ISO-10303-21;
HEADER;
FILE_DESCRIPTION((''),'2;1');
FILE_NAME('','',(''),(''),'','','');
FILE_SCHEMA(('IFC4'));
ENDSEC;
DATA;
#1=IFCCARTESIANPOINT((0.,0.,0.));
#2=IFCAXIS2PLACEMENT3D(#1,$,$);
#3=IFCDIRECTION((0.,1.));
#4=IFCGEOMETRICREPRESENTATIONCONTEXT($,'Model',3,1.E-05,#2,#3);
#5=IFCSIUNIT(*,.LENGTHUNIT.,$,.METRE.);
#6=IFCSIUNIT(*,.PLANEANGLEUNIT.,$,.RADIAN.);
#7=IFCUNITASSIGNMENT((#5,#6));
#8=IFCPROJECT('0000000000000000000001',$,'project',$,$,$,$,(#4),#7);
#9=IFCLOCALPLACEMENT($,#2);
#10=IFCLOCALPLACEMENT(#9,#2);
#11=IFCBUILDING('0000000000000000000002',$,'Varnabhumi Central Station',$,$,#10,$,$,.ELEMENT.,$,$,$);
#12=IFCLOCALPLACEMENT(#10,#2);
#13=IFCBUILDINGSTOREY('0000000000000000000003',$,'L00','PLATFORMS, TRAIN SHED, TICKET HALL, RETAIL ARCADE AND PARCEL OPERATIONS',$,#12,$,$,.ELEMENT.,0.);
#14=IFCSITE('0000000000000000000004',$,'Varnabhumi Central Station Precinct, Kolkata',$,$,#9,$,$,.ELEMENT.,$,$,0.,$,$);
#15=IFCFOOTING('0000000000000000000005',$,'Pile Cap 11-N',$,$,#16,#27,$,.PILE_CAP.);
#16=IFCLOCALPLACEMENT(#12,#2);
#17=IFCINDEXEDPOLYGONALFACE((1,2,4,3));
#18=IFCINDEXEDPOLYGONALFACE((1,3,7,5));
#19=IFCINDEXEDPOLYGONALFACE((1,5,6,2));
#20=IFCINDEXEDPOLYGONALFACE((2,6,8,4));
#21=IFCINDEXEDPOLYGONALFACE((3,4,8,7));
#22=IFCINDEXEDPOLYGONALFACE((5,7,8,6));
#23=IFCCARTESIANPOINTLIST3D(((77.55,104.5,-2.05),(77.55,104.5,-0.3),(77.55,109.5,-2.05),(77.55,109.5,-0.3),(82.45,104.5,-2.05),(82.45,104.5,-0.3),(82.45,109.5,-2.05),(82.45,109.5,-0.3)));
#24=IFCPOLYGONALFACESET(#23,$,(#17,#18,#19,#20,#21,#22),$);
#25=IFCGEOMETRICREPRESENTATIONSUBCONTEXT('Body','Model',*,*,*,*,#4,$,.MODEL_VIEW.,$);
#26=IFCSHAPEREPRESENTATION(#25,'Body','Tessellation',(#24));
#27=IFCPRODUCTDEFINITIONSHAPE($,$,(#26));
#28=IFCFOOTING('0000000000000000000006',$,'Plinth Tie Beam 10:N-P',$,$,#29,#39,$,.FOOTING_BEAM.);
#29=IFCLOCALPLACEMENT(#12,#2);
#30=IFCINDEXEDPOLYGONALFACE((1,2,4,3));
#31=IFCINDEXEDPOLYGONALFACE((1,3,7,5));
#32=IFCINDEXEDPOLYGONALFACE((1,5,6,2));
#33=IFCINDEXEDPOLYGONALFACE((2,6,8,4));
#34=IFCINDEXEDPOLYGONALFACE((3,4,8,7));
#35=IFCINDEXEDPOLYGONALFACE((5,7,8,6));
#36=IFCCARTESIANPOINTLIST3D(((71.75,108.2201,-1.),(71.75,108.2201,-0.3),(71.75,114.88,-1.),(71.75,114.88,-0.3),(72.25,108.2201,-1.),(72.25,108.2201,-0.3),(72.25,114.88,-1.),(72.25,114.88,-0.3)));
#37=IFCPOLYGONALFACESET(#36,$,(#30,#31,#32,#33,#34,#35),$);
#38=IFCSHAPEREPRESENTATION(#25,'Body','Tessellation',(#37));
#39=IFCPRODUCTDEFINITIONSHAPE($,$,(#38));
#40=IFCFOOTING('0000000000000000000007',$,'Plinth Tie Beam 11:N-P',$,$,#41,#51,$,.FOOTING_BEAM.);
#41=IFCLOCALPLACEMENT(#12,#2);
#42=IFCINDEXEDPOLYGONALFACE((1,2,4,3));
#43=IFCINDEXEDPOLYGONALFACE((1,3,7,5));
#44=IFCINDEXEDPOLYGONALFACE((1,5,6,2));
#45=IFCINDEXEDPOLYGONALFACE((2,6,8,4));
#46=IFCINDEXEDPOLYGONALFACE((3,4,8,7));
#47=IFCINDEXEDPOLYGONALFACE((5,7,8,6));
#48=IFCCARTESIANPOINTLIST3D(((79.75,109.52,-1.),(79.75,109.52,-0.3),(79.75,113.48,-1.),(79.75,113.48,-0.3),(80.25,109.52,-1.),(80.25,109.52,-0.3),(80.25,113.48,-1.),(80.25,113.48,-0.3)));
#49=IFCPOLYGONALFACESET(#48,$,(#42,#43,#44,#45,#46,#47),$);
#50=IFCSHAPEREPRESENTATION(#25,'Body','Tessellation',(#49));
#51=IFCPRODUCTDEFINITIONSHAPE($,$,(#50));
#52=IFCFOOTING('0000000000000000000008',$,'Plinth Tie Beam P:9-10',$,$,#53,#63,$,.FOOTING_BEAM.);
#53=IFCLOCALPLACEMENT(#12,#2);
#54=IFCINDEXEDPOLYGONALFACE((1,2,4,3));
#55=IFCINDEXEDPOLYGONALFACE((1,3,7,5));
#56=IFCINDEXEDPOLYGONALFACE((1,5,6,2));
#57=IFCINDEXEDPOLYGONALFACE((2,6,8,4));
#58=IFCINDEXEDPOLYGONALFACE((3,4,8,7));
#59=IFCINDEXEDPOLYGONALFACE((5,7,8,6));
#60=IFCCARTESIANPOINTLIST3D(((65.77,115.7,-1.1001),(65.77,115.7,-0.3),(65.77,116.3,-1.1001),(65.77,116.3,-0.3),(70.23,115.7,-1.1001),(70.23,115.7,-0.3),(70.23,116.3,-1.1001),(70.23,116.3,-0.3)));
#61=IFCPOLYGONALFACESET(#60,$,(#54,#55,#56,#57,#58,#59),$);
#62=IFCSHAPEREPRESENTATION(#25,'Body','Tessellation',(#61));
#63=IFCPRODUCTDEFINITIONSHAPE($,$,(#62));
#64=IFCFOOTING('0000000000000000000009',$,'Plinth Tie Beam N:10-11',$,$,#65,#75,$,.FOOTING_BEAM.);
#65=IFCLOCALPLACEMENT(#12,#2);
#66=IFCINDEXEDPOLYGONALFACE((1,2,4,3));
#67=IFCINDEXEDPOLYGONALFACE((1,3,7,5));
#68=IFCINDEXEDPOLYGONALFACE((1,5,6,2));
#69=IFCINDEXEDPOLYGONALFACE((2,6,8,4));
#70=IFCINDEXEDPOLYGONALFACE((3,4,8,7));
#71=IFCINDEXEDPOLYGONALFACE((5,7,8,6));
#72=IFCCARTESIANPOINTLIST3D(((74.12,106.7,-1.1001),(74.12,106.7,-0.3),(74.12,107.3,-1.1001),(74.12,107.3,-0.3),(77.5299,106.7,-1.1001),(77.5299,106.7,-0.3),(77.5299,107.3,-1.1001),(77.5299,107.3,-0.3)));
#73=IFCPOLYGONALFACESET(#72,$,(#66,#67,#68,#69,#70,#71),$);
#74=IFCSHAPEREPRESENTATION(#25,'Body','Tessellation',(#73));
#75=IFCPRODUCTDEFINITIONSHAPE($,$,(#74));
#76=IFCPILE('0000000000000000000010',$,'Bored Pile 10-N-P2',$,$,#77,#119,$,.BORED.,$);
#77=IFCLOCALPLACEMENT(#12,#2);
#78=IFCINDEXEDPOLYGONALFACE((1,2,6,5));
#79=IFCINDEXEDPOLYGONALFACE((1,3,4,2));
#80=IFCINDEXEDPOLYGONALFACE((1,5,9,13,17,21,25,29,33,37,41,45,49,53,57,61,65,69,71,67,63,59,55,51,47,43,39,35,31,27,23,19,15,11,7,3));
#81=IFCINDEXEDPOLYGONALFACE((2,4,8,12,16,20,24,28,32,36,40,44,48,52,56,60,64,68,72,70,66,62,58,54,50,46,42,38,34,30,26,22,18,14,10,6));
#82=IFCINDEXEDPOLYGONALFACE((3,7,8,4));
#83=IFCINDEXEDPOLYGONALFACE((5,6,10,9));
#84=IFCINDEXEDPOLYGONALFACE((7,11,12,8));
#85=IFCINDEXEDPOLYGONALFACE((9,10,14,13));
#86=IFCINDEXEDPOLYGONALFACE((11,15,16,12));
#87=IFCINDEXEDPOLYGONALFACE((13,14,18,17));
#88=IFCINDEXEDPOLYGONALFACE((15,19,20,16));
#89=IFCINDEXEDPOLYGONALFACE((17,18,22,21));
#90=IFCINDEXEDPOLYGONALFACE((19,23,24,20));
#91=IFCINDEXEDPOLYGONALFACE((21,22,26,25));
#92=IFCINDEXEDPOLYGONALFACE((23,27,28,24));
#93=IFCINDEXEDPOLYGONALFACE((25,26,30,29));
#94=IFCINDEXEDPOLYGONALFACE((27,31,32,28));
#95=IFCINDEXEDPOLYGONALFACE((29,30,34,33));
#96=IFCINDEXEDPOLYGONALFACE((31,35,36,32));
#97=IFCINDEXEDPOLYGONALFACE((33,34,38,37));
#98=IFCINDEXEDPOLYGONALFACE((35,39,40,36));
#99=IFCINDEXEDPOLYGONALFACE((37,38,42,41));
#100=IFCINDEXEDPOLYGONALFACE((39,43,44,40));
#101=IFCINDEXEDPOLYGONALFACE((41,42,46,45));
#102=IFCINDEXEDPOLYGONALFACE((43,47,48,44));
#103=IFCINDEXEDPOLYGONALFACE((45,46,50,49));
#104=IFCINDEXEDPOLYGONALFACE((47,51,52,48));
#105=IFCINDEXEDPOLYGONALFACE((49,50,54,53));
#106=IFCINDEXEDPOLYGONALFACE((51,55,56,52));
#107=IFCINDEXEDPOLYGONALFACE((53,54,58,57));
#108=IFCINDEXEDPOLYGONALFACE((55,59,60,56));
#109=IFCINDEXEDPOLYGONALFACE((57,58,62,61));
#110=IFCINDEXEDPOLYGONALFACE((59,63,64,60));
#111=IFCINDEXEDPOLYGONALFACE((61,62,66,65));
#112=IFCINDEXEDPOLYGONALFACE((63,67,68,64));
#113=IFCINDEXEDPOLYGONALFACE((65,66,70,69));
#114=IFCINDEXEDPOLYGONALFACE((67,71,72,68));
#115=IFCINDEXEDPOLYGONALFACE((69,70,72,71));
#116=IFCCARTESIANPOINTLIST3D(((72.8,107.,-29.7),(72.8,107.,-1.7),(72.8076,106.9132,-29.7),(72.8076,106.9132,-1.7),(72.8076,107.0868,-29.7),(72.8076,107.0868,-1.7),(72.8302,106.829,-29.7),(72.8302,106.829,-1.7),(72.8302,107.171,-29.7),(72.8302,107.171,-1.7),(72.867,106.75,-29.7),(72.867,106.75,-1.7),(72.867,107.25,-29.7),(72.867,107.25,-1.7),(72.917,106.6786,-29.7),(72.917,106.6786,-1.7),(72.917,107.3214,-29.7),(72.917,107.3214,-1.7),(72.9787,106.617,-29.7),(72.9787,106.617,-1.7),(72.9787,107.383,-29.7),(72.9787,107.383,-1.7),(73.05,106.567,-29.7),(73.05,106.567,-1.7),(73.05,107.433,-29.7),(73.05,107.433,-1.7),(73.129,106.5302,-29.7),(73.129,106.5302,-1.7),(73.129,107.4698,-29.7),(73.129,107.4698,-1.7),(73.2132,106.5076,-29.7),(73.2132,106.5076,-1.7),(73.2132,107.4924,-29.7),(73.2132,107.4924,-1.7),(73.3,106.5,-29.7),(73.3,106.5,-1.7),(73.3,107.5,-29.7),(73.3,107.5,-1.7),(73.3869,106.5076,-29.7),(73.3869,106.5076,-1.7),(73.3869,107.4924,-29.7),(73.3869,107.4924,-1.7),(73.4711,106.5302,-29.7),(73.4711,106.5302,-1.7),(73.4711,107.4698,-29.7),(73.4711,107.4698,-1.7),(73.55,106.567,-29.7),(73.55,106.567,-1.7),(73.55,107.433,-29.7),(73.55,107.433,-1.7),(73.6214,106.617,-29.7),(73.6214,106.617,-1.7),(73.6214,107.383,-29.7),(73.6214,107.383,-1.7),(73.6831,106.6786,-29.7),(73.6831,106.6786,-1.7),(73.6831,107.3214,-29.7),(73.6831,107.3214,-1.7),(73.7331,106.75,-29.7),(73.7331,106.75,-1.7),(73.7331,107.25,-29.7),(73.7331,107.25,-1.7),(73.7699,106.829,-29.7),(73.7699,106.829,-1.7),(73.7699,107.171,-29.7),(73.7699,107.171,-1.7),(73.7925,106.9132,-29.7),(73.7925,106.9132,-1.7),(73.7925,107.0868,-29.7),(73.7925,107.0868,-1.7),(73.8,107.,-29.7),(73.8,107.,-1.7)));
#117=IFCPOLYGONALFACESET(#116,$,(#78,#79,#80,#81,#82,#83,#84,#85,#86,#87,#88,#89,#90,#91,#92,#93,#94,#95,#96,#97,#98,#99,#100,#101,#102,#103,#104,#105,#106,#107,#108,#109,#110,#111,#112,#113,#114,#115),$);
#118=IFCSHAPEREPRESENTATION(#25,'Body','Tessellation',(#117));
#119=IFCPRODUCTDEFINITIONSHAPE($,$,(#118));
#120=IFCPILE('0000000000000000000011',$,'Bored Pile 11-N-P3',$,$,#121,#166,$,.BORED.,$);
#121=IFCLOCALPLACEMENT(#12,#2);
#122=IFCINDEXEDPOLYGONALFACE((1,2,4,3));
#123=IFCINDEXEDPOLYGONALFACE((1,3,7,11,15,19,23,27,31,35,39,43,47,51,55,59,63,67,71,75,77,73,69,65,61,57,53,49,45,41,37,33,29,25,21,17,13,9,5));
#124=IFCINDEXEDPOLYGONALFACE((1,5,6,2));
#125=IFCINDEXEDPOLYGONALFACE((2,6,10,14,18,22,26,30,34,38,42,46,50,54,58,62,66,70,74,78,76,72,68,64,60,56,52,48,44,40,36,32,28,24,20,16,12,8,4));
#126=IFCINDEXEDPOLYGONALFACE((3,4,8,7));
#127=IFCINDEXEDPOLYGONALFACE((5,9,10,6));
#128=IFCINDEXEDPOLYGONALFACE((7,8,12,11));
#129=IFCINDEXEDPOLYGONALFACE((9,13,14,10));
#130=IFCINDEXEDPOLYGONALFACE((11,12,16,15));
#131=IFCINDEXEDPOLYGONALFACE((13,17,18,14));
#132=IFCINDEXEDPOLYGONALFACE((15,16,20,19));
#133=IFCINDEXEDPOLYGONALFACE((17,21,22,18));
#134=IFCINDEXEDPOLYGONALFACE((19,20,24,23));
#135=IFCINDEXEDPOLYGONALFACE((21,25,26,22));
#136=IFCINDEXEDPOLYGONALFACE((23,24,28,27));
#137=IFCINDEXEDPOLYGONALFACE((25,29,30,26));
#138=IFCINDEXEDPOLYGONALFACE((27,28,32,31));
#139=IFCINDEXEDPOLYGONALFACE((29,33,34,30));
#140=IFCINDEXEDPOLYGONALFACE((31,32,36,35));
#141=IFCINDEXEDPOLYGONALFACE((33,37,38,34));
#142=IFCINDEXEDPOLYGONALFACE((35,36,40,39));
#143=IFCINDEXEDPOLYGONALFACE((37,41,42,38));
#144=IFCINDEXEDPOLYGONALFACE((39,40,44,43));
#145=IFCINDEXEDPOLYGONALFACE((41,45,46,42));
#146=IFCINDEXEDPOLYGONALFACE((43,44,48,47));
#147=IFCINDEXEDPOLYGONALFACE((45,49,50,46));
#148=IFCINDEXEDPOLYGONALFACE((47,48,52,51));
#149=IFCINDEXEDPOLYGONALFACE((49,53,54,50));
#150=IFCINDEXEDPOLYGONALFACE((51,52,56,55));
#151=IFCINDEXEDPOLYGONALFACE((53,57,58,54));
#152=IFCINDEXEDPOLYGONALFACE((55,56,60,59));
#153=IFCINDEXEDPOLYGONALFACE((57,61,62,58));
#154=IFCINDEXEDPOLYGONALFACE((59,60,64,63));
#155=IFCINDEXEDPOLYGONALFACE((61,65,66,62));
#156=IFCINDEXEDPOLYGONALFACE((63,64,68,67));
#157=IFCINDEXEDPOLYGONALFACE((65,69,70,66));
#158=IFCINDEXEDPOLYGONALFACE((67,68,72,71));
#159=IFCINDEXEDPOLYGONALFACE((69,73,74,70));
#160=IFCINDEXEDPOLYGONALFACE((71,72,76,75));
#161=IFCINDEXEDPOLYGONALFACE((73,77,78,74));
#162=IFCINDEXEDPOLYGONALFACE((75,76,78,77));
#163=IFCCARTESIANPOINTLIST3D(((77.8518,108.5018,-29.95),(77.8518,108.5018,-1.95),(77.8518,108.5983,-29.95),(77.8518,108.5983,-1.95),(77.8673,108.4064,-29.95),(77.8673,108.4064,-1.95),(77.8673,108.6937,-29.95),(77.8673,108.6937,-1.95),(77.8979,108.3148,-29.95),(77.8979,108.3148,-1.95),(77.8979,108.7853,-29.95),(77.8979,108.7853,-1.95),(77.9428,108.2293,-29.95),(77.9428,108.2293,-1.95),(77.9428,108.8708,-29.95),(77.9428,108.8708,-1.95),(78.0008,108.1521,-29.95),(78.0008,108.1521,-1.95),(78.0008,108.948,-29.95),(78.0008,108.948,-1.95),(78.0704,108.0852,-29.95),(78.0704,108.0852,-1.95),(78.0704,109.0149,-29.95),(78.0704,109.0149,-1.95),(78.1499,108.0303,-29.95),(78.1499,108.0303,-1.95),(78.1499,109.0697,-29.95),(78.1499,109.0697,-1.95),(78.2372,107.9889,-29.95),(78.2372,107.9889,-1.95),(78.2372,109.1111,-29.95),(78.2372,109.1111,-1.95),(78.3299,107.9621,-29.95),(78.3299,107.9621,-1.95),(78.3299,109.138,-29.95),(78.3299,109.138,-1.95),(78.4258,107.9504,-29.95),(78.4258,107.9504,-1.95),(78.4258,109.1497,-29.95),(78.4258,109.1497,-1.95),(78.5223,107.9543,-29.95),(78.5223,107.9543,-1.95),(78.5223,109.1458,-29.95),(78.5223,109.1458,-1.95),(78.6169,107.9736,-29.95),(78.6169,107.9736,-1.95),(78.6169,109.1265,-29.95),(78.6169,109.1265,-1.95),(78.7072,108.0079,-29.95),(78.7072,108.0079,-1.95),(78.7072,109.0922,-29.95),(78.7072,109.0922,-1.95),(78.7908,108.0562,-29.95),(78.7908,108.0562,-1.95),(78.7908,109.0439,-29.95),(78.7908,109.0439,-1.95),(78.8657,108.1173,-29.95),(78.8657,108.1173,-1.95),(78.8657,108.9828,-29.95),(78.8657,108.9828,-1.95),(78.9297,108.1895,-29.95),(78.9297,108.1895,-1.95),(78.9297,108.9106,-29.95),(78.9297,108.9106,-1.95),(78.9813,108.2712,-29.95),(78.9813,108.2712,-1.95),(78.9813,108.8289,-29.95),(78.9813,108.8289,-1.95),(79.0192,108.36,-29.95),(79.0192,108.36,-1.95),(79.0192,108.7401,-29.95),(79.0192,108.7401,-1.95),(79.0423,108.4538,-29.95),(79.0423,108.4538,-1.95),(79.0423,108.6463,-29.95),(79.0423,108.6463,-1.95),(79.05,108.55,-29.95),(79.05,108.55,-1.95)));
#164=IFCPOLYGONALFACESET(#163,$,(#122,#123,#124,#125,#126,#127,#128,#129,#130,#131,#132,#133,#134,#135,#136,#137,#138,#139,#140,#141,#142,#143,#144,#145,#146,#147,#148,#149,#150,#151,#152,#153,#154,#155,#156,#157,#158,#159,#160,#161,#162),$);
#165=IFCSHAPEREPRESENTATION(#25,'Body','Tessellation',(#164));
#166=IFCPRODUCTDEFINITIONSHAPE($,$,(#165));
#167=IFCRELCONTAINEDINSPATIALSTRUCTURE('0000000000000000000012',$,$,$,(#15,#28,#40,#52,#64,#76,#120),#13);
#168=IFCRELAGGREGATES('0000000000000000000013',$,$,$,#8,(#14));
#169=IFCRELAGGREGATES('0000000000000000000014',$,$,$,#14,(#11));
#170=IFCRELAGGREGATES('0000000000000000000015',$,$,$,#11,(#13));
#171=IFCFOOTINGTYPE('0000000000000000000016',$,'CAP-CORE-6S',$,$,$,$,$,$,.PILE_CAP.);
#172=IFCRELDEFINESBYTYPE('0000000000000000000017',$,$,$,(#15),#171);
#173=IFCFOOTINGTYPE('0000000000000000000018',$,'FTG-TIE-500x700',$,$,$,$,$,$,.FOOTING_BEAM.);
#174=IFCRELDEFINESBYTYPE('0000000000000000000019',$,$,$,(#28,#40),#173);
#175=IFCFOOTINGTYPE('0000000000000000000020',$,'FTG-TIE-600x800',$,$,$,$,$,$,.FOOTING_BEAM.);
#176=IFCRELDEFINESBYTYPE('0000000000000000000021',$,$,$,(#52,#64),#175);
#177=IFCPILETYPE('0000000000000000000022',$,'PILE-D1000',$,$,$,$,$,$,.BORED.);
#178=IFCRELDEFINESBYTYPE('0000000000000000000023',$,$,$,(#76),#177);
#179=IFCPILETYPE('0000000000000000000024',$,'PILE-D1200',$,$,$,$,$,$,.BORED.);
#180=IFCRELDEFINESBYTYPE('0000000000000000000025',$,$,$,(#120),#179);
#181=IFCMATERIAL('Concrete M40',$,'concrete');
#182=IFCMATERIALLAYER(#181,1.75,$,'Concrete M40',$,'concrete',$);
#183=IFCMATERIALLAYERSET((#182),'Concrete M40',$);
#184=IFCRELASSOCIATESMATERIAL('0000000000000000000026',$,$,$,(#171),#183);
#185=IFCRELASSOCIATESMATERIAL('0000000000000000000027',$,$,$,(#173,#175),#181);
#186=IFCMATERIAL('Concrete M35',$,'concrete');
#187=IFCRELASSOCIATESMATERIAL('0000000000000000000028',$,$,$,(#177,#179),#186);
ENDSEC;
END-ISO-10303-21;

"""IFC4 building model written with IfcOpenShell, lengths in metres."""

from ifc_helpers import new_model, si_unit, direction, frame, origin, origin_2d, place, context, subcontext, project, spatial, rectangle, circle, extrude, material, layer, layer_set, material_profile, profile_set, type_object, element, save


model = new_model("IFC4")

# Units and contexts
model_context = context("Model", 3, precision=1e-05, world=origin(), true_north=direction((0.0, 1.0)))
body_context = subcontext(model_context, "Body", "Model", "MODEL_VIEW")
ifc_project = project(units=[si_unit("LENGTHUNIT", "METRE"), si_unit("PLANEANGLEUNIT", "RADIAN")], contexts=[model_context])

# Site, building, storey
site_placement = place(None, origin())
site = spatial("IfcSite", under=ifc_project, at=site_placement, Name="Varnabhumi Central Station Precinct, Kolkata", CompositionType="ELEMENT", RefElevation=0.0)
building_placement = place(site_placement, origin())
building = spatial("IfcBuilding", under=site, at=building_placement, Name="Varnabhumi Central Station", CompositionType="ELEMENT")
storey_placement = place(building_placement, origin())
storey = spatial("IfcBuildingStorey", under=building, at=storey_placement, Name="L00", Description="PLATFORMS, TRAIN SHED, TICKET HALL, RETAIL ARCADE AND PARCEL OPERATIONS", CompositionType="ELEMENT", Elevation=0.0)

# Footings
ifc_material_1 = material(Name="Concrete M40", Category="concrete")
ifc_layer_1 = layer(ifc_material_1, 1.75, Name="Concrete M40", Category="concrete")
ifc_layer_set_1 = layer_set([ifc_layer_1], Name="Concrete M40")
footing_type_1 = type_object("IfcFootingType", Name="CAP-CORE-6S", PredefinedType="PILE_CAP", material=ifc_layer_set_1)
footing_1_placement = place(storey_placement, frame((80.0, 107.0, -2.05), z_axis=(0.0, 0.0, 1.0), x_axis=(1.0, 0.0, 0.0)))
element("IfcFooting", 1, at=footing_1_placement, inside=storey, type_object=footing_type_1, Name="Pile Cap 11-N", PredefinedType="PILE_CAP", context=body_context, shape_type="SweptSolid", body=[
    extrude(rectangle(XDim=4.8999, YDim=5.0, at=origin_2d()), origin(), (0.0, 0.0, 1.0), 1.75),
])
footing_type_2 = type_object("IfcFootingType", Name="FTG-TIE-500x700", PredefinedType="FOOTING_BEAM", material=ifc_material_1)
footing_2_placement = place(storey_placement, frame((72.0, 111.55, -1.0), z_axis=(0.0, 0.0, 1.0), x_axis=(1.0, 0.0, 0.0)))
element("IfcFooting", 2, at=footing_2_placement, inside=storey, type_object=footing_type_2, Name="Plinth Tie Beam 10:N-P", PredefinedType="FOOTING_BEAM", context=body_context, shape_type="SweptSolid", body=[
    extrude(rectangle(XDim=0.5, YDim=6.6599, at=origin_2d()), origin(), (0.0, 0.0, 1.0), 0.7),
])
footing_3_placement = place(storey_placement, frame((80.0, 111.5, -1.0), z_axis=(0.0, 0.0, 1.0), x_axis=(1.0, 0.0, 0.0)))
element("IfcFooting", 3, at=footing_3_placement, inside=storey, type_object=footing_type_2, Name="Plinth Tie Beam 11:N-P", PredefinedType="FOOTING_BEAM", context=body_context, shape_type="SweptSolid", body=[
    extrude(rectangle(XDim=0.5, YDim=3.96, at=origin_2d()), origin(), (0.0, 0.0, 1.0), 0.7),
])
footing_type_3 = type_object("IfcFootingType", Name="FTG-TIE-600x800", PredefinedType="FOOTING_BEAM", material=ifc_material_1)
footing_4_placement = place(storey_placement, frame((68.0, 116.0, -1.1001), z_axis=(0.0, 0.0, 1.0), x_axis=(1.0, 0.0, 0.0)))
element("IfcFooting", 4, at=footing_4_placement, inside=storey, type_object=footing_type_3, Name="Plinth Tie Beam P:9-10", PredefinedType="FOOTING_BEAM", context=body_context, shape_type="SweptSolid", body=[
    extrude(rectangle(XDim=4.46, YDim=0.6001, at=origin_2d()), origin(), (0.0, 0.0, 1.0), 0.8),
])
footing_5_placement = place(storey_placement, frame((75.825, 107.0, -1.1001), z_axis=(0.0, 0.0, 1.0), x_axis=(1.0, 0.0, 0.0)))
element("IfcFooting", 5, at=footing_5_placement, inside=storey, type_object=footing_type_3, Name="Plinth Tie Beam N:10-11", PredefinedType="FOOTING_BEAM", context=body_context, shape_type="SweptSolid", body=[
    extrude(rectangle(XDim=3.4099, YDim=0.6001, at=origin_2d()), origin(), (0.0, 0.0, 1.0), 0.8),
])

# Piles
ifc_material_2 = material(Name="Concrete M35", Category="concrete")
ifc_material_profile_1 = material_profile(ifc_material_2, circle(Radius=0.5, at=origin_2d()), Name="Concrete M35", Category="concrete")
ifc_profile_set_1 = profile_set([ifc_material_profile_1], Name="Concrete M35")
pile_type_1 = type_object("IfcPileType", Name="PILE-D1000", PredefinedType="BORED", material=ifc_profile_set_1)
pile_placement = place(storey_placement, frame((73.3, 107.0, -1.7), z_axis=(0.0, 0.0, -1.0), x_axis=(1.0, 0.0, 0.0)))
element("IfcPile", 6, at=pile_placement, inside=storey, type_object=pile_type_1, Name="Bored Pile 10-N-P2", PredefinedType="BORED", context=body_context, shape_type="SweptSolid", body=[
    extrude(circle(Radius=0.5, at=origin_2d()), origin(), (0.0, 0.0, 1.0), 28.0),
])
ifc_material_profile_2 = material_profile(ifc_material_2, circle(Radius=0.6001, at=origin_2d()), Name="Concrete M35", Category="concrete")
ifc_profile_set_2 = profile_set([ifc_material_profile_2], Name="Concrete M35")
pile_type_2 = type_object("IfcPileType", Name="PILE-D1200", PredefinedType="BORED", material=ifc_profile_set_2)
for number, where, z_axis, x_axis, name in (
    (7, (78.45, 108.55, -1.95), (0.0, 0.0, -1.0), (1.0, 0.0, 0.0), "Bored Pile 11-N-P3"),
):
    element("IfcPile", number, at=place(storey_placement, frame(where, z_axis=z_axis, x_axis=x_axis)), inside=storey, type_object=pile_type_2, Name=name, PredefinedType="BORED", context=body_context, shape_type="SweptSolid", body=[
        extrude(circle(Radius=0.6001, at=origin_2d()), origin(), (0.0, 0.0, 1.0), 28.0),
    ])

save(model, "model.ifc")
